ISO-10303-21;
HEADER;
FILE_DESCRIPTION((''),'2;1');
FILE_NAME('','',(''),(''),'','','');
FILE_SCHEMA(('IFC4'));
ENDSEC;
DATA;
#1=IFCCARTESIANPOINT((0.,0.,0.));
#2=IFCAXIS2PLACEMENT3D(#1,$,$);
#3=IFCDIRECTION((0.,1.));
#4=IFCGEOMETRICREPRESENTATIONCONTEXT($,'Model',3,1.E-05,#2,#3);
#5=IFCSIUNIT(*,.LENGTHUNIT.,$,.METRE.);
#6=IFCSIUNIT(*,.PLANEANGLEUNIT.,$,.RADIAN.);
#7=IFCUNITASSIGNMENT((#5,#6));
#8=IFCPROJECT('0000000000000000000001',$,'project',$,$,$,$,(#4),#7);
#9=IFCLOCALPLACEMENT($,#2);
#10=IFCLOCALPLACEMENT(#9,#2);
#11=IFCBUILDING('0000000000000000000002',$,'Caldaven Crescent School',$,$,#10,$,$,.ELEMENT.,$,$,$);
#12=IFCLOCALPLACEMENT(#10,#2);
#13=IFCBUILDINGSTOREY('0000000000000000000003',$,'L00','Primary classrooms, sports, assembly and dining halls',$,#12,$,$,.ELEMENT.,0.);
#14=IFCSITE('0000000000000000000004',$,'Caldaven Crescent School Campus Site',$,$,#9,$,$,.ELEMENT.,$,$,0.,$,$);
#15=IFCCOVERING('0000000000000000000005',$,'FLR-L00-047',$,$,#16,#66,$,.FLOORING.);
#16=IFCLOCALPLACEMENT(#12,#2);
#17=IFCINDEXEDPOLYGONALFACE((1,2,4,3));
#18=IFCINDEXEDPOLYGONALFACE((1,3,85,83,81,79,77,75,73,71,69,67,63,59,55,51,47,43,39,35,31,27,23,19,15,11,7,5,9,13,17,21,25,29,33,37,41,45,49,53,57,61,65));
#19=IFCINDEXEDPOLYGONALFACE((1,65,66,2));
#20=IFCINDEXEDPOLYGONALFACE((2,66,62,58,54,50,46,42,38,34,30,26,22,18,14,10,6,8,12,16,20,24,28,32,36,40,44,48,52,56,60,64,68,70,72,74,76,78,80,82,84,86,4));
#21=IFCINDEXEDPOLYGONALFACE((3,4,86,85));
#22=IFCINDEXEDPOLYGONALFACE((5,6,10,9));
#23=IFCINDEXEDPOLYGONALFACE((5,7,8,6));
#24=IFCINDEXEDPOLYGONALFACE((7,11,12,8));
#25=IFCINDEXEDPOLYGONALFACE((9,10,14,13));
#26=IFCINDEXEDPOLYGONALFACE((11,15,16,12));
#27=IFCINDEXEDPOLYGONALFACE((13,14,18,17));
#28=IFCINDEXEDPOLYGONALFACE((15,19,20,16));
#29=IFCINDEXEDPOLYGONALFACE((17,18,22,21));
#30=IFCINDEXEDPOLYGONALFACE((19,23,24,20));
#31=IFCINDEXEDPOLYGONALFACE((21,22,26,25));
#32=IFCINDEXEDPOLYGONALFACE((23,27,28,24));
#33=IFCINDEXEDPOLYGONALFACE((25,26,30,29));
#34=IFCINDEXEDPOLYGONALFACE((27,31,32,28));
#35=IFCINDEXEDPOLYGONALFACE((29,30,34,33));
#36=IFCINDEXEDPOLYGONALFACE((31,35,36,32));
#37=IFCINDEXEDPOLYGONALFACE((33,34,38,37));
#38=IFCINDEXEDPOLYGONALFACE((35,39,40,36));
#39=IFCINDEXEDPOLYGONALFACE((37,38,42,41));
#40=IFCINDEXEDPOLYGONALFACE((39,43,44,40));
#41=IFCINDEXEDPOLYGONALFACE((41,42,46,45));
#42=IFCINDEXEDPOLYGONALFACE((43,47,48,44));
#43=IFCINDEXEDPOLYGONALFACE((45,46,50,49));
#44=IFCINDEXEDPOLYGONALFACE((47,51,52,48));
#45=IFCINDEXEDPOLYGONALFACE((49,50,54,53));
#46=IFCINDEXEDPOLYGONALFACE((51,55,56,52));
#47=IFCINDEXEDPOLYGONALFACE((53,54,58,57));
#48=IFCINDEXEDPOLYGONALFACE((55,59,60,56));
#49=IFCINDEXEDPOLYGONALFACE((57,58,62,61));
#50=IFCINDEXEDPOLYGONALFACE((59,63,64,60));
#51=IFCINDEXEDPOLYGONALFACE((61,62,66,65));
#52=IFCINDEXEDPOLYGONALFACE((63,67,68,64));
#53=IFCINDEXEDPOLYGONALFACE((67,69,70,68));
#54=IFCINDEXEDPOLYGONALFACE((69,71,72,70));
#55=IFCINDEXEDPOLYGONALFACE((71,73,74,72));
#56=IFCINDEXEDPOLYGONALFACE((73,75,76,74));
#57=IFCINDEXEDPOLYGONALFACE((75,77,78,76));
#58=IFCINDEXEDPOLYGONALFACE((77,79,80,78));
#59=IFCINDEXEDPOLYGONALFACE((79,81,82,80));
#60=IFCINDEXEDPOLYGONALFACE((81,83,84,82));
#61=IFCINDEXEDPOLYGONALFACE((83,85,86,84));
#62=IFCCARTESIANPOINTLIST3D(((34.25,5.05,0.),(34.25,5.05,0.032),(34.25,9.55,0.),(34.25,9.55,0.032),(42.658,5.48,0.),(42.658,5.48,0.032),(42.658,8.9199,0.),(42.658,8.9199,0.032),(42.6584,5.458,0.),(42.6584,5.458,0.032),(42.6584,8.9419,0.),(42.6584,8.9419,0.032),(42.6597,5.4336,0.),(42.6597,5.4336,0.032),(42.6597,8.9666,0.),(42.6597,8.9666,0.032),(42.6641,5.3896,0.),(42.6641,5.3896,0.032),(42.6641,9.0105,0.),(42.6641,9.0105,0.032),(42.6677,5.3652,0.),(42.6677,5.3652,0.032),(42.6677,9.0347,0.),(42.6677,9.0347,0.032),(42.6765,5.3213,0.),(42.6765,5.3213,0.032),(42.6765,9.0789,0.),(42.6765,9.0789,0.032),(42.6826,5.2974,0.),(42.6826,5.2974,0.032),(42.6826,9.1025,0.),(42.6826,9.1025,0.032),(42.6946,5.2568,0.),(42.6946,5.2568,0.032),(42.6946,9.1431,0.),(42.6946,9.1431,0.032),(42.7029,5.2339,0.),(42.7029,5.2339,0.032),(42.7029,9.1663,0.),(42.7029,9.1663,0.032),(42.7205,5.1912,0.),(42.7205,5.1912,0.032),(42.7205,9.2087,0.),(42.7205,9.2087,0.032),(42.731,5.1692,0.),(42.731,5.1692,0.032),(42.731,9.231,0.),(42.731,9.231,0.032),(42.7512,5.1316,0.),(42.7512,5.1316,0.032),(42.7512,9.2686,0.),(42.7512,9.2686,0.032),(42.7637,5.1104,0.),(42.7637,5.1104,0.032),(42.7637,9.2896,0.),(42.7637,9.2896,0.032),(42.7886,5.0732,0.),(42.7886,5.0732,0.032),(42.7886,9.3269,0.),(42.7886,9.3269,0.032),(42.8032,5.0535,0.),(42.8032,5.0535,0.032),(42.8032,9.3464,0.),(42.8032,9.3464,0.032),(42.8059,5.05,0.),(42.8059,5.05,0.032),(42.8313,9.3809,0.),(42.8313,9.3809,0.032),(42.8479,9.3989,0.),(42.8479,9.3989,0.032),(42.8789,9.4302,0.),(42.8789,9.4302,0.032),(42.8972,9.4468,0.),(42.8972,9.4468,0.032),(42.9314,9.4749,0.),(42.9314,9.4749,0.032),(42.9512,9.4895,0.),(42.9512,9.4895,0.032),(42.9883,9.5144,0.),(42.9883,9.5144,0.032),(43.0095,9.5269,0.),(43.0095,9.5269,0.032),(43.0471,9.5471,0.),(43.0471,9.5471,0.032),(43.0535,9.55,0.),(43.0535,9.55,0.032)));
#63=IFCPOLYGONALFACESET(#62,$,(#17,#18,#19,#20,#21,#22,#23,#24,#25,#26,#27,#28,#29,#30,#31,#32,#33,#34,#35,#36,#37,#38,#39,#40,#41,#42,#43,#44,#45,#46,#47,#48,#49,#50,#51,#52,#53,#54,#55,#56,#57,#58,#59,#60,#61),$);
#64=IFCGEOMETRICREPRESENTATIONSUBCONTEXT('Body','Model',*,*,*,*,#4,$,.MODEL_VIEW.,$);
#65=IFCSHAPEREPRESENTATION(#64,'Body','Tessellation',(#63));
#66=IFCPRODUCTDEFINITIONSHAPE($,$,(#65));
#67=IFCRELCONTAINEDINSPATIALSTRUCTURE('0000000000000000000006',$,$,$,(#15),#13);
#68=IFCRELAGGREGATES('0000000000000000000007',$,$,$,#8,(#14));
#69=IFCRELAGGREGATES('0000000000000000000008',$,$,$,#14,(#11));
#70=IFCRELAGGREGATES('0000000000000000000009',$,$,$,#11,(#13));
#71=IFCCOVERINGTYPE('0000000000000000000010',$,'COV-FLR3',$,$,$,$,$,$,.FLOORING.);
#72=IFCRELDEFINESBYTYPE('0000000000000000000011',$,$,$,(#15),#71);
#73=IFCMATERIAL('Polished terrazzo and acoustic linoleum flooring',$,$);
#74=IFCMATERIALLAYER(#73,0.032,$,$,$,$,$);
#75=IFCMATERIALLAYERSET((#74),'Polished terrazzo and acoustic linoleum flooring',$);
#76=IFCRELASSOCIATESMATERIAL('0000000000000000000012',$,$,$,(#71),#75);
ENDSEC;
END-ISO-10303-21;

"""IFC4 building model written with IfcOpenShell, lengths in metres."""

from ifc_helpers import new_model, si_unit, direction, origin, place, context, subcontext, project, spatial, polyline, outline, extrude, material, layer, layer_set, type_object, element, save


model = new_model("IFC4")

# Units and contexts
model_context = context("Model", 3, precision=1e-05, world=origin(), true_north=direction((0.0, 1.0)))
body_context = subcontext(model_context, "Body", "Model", "MODEL_VIEW")
ifc_project = project(units=[si_unit("LENGTHUNIT", "METRE"), si_unit("PLANEANGLEUNIT", "RADIAN")], contexts=[model_context])

# Site, building, storey
site_placement = place(None, origin())
site = spatial("IfcSite", under=ifc_project, at=site_placement, Name="Caldaven Crescent School Campus Site", CompositionType="ELEMENT", RefElevation=0.0)
building_placement = place(site_placement, origin())
building = spatial("IfcBuilding", under=site, at=building_placement, Name="Caldaven Crescent School", CompositionType="ELEMENT")
storey_placement = place(building_placement, origin())
storey = spatial("IfcBuildingStorey", under=building, at=storey_placement, Name="L00", Description="Primary classrooms, sports, assembly and dining halls", CompositionType="ELEMENT", Elevation=0.0)

# Covering
ifc_material_1 = material(Name="Polished terrazzo and acoustic linoleum flooring")
ifc_layer_1 = layer(ifc_material_1, 0.032)
ifc_layer_set_1 = layer_set([ifc_layer_1], Name="Polished terrazzo and acoustic linoleum flooring")
covering_type_1 = type_object("IfcCoveringType", Name="COV-FLR3", PredefinedType="FLOORING", material=ifc_layer_set_1)
covering_1_placement = place(storey_placement, origin())
element("IfcCovering", 1, at=covering_1_placement, inside=storey, type_object=covering_type_1, Name="FLR-L00-047", PredefinedType="FLOORING", context=body_context, shape_type="SweptSolid", body=[
    extrude(outline(polyline([(42.8059, 5.05), (34.25, 5.05), (34.25, 9.55), (43.0535, 9.55), (43.0471, 9.5471), (43.0095, 9.5269), (42.9883, 9.5144), (42.9512, 9.4895), (42.9314, 9.4749), (42.8972, 9.4468), (42.8789, 9.4302), (42.8479, 9.3989), (42.8313, 9.3809), (42.8032, 9.3464), (42.7886, 9.3269), (42.7637, 9.2896), (42.7512, 9.2686), (42.731, 9.231), (42.7205, 9.2087), (42.7029, 9.1663), (42.6946, 9.1431), (42.6826, 9.1025), (42.6765, 9.0789), (42.6677, 9.0347), (42.6641, 9.0105), (42.6597, 8.9666), (42.6584, 8.9419), (42.658, 8.9199), (42.658, 5.48), (42.6584, 5.458), (42.6597, 5.4336), (42.6641, 5.3896), (42.6677, 5.3652), (42.6765, 5.3213), (42.6826, 5.2974), (42.6946, 5.2568), (42.7029, 5.2339), (42.7205, 5.1912), (42.731, 5.1692), (42.7512, 5.1316), (42.7637, 5.1104), (42.7886, 5.0732), (42.8032, 5.0535), (42.8059, 5.05)])), origin(), (0.0, 0.0, 1.0), 0.032),
])

save(model, "model.ifc")
